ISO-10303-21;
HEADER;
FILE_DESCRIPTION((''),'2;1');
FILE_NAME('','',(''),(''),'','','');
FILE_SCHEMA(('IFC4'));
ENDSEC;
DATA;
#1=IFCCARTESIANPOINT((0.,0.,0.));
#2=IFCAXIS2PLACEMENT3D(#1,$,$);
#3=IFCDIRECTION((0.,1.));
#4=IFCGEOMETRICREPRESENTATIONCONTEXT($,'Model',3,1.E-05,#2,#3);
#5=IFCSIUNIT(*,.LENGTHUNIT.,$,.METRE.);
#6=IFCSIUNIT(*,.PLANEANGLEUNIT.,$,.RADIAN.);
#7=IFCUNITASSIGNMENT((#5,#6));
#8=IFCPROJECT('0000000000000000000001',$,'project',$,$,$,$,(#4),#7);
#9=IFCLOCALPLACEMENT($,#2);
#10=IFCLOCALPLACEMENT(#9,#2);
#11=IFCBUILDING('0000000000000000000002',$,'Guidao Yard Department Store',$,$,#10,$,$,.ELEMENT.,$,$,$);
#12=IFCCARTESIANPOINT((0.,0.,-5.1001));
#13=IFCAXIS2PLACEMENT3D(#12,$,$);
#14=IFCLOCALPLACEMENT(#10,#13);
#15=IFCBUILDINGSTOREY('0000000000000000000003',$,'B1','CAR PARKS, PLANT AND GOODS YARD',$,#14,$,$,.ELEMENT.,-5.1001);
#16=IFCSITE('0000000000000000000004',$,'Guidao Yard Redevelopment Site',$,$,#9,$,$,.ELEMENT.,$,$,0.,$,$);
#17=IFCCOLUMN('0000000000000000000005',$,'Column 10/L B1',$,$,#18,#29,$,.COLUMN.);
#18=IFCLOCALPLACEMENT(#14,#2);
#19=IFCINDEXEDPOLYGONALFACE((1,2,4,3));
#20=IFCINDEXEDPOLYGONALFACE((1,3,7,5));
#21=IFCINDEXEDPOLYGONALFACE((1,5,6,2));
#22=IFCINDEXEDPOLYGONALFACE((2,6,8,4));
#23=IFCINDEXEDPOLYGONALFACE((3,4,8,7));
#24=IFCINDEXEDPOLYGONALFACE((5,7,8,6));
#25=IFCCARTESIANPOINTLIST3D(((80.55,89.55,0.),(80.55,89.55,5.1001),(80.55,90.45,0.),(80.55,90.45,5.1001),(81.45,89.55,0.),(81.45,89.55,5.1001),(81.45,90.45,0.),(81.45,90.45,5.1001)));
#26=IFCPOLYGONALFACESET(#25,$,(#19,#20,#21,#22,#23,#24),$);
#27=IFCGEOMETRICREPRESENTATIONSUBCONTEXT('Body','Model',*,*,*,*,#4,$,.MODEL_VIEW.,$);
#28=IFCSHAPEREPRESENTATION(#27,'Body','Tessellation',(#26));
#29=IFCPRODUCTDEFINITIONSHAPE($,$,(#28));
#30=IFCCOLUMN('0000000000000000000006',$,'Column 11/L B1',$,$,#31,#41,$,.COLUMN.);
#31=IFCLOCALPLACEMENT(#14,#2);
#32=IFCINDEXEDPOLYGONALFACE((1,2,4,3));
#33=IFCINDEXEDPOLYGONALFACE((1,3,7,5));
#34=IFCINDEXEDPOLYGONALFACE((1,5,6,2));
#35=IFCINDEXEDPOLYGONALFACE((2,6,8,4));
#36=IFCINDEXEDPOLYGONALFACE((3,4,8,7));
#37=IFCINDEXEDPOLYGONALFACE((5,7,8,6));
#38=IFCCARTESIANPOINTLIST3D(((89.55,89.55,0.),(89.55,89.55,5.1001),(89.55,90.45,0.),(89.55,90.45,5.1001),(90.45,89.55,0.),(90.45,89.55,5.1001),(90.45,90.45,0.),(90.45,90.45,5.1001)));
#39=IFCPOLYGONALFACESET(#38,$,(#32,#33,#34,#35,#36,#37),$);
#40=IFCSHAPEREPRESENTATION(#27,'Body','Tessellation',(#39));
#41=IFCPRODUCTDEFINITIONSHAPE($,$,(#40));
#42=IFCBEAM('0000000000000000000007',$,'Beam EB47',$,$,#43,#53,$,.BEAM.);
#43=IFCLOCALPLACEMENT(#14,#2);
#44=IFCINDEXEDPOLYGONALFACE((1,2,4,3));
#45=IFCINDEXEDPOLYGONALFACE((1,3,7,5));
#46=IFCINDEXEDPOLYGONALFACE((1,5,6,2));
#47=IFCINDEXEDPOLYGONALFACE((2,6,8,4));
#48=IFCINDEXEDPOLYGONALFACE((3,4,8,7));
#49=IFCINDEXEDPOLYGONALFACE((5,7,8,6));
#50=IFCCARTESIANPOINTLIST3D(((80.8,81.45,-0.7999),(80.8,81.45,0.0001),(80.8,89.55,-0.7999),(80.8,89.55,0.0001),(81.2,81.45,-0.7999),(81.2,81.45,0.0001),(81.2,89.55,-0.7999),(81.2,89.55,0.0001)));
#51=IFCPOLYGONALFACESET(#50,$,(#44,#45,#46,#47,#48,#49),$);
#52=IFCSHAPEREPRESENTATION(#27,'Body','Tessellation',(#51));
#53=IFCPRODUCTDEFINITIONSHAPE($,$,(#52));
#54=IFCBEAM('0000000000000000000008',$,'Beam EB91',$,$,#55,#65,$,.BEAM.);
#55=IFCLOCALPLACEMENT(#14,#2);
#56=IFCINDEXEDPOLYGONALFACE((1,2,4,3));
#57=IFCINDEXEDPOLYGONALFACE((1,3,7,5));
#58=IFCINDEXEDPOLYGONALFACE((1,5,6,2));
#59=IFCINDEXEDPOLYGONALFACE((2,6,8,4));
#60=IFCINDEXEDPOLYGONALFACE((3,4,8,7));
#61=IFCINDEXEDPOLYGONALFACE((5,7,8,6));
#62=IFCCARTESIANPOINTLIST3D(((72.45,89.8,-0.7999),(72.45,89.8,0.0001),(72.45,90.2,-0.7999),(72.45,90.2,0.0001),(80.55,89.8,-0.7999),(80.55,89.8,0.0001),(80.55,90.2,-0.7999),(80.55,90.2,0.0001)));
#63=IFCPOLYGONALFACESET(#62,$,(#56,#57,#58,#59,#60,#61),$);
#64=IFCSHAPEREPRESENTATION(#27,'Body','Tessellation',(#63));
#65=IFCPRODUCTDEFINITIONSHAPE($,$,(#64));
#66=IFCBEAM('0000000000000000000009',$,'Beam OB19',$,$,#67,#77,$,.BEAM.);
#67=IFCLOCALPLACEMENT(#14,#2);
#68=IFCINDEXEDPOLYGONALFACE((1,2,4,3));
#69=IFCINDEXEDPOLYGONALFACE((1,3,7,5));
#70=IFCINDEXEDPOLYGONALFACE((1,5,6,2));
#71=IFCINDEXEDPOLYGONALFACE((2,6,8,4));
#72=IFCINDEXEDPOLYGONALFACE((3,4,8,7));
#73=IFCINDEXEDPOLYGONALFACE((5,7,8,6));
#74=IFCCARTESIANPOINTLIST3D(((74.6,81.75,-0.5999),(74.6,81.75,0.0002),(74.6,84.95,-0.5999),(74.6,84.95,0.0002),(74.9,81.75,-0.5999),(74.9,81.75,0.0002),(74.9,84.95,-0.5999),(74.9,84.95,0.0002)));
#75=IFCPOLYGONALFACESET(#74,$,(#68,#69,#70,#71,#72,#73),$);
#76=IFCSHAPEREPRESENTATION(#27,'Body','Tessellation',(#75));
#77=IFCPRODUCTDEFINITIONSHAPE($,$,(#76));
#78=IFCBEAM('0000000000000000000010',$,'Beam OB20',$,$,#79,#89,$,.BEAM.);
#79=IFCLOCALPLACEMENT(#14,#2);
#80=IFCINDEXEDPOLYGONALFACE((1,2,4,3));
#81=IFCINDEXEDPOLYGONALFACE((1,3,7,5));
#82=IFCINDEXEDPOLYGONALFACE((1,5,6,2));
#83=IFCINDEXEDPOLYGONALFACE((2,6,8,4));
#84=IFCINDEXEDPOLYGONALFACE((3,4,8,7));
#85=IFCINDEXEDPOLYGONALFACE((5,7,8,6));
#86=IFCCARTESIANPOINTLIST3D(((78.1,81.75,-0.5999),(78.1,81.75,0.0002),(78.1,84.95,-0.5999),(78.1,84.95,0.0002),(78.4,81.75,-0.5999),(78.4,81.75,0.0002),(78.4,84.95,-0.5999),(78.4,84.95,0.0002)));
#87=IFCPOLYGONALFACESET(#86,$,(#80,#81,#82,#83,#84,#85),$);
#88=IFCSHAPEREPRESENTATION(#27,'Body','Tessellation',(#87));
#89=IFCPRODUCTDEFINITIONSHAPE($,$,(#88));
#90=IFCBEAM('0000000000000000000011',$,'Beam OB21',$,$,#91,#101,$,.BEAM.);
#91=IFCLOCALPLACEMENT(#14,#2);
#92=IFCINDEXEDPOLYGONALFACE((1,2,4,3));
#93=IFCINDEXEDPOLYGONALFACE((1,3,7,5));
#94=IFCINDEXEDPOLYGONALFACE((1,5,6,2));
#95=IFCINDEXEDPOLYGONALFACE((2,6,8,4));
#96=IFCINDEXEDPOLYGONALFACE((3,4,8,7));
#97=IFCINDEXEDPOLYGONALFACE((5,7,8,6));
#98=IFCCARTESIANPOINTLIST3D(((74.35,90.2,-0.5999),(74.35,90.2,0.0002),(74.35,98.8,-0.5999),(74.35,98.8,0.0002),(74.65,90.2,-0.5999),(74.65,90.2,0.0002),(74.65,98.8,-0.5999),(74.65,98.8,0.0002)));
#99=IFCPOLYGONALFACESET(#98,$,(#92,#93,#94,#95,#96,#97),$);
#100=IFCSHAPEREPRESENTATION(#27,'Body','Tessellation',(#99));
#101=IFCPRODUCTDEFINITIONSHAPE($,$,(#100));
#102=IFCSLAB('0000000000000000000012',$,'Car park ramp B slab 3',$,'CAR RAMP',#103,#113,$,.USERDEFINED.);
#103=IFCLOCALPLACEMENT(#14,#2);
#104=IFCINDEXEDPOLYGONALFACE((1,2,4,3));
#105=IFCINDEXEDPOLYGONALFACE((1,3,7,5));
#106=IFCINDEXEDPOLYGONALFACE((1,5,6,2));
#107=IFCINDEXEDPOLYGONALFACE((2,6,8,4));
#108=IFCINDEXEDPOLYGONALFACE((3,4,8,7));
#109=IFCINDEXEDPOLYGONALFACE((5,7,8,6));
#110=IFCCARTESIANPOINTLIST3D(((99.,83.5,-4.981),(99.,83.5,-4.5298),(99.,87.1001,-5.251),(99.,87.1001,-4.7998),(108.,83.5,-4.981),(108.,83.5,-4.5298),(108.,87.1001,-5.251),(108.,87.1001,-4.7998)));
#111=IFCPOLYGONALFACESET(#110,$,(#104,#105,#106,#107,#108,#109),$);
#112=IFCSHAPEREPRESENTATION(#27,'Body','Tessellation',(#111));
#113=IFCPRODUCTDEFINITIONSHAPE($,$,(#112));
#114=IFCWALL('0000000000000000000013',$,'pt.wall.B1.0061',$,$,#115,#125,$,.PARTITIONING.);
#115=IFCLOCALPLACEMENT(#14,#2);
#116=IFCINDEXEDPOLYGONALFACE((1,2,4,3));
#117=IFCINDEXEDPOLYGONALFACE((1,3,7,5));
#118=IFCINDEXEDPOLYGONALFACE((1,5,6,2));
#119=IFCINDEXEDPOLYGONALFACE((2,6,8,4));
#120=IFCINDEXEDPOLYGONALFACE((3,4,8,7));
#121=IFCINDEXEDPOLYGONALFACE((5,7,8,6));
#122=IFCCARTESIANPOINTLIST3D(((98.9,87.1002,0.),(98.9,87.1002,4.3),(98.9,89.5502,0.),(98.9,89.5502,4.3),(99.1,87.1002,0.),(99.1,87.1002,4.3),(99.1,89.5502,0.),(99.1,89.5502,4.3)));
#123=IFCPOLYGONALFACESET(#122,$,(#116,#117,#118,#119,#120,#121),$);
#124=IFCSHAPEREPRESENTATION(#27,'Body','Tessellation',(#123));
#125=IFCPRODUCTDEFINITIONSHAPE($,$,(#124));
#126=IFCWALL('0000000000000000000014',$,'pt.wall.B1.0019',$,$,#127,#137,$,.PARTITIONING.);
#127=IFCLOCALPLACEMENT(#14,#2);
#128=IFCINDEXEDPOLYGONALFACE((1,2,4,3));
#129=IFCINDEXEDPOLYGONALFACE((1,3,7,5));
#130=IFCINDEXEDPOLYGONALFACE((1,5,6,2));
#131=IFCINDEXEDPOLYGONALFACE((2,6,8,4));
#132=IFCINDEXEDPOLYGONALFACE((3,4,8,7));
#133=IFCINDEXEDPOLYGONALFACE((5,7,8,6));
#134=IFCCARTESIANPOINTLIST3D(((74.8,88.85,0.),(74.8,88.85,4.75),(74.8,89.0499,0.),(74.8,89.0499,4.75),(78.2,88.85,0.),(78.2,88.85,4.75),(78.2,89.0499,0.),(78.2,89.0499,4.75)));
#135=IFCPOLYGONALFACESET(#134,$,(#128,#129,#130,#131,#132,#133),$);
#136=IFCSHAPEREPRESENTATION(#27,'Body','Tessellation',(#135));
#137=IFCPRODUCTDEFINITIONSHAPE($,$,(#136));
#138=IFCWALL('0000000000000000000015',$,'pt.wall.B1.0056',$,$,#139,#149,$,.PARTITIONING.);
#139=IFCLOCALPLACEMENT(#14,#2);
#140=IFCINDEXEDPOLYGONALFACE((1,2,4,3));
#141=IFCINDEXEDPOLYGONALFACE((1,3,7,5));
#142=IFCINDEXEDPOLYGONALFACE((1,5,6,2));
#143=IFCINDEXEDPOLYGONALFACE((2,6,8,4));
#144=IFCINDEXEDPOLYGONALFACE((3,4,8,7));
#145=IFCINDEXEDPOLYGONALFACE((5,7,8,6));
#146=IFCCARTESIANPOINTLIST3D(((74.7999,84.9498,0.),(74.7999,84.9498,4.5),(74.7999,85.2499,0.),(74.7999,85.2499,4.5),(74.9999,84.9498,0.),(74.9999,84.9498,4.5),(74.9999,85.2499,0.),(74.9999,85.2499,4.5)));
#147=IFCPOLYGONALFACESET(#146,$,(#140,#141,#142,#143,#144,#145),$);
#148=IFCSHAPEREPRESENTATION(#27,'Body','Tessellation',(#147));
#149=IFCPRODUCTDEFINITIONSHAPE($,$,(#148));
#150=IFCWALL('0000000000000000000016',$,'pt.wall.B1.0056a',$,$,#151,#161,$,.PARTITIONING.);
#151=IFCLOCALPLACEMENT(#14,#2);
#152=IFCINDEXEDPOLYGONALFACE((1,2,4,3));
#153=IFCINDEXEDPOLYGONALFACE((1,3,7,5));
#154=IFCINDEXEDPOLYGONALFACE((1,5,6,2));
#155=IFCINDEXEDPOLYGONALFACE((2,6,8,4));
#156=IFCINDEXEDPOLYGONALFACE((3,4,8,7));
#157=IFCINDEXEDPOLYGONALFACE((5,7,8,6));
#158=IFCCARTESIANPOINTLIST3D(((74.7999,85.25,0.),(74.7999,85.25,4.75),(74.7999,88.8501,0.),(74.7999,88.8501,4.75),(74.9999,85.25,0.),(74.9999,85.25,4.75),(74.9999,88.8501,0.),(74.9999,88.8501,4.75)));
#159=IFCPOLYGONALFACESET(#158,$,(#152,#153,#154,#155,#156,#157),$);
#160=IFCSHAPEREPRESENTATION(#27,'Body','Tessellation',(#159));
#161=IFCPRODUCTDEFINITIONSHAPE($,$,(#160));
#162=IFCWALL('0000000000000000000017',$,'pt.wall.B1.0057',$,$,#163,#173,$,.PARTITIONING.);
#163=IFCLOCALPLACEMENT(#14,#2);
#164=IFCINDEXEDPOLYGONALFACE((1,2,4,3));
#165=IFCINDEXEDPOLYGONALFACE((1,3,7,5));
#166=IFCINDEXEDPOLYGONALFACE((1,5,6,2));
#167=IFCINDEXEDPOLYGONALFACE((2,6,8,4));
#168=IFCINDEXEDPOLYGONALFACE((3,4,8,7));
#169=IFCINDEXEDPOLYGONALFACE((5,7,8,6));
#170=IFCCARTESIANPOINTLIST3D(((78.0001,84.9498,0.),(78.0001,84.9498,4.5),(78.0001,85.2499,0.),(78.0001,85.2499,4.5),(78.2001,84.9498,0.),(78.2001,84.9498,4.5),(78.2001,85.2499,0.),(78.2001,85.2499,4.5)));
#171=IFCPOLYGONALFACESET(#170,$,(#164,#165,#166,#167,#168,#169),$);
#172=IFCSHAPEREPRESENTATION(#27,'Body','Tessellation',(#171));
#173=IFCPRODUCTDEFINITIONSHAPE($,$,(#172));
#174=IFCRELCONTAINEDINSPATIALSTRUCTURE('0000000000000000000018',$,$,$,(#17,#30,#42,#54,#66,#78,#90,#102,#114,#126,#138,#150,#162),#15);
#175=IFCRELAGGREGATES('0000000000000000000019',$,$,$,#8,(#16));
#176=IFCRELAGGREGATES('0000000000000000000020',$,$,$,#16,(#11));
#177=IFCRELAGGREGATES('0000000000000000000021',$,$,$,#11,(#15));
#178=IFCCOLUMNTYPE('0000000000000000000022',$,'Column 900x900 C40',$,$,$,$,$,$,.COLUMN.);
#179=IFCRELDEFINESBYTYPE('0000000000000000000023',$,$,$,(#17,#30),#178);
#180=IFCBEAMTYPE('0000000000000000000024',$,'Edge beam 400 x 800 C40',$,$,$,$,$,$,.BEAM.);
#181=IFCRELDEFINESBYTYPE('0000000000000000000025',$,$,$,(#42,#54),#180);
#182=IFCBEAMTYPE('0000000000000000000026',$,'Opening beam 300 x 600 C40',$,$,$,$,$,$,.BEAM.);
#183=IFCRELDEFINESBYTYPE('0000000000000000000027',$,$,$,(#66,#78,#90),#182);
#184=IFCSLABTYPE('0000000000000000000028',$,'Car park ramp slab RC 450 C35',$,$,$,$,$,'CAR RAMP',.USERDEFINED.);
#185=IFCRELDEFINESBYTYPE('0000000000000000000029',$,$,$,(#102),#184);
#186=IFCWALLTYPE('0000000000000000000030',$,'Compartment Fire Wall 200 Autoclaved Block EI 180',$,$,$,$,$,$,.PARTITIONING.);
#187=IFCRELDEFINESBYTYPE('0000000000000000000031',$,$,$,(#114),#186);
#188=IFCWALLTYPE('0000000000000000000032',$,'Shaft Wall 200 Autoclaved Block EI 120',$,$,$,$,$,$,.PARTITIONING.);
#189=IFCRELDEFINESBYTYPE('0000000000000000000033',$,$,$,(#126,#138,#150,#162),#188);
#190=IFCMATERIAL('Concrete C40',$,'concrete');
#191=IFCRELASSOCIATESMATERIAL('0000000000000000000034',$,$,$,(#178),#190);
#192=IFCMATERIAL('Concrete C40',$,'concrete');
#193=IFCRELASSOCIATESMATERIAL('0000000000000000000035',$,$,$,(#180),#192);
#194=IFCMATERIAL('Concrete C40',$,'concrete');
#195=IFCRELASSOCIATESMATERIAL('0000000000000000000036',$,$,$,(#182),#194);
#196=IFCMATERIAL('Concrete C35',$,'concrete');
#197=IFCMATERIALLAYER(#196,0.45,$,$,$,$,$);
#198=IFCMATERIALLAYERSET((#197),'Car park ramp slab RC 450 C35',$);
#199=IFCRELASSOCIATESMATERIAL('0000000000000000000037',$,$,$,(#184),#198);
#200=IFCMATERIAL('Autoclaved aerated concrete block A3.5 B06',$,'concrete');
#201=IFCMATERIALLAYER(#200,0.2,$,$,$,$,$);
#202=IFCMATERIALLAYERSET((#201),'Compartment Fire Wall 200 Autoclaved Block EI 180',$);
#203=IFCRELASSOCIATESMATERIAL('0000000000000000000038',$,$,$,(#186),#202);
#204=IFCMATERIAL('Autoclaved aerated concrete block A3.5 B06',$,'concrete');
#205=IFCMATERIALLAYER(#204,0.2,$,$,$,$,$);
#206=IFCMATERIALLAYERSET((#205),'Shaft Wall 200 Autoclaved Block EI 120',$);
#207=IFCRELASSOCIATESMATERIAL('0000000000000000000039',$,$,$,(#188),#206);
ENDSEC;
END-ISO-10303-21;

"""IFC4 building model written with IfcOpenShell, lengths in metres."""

from ifc_helpers import new_model, si_unit, direction, frame, frame_2d, origin, origin_2d, place, context, subcontext, project, spatial, polyline, rectangle, outline, extrude, material, layer, layer_set, material_profile, profile_set, type_object, element, save


model = new_model("IFC4")

# Units and contexts
model_context = context("Model", 3, precision=1e-05, world=origin(), true_north=direction((0.0, 1.0)))
body_context = subcontext(model_context, "Body", "Model", "MODEL_VIEW")
ifc_project = project(units=[si_unit("LENGTHUNIT", "METRE"), si_unit("PLANEANGLEUNIT", "RADIAN")], contexts=[model_context])

# Site, building, storey
site_placement = place(None, origin())
site = spatial("IfcSite", under=ifc_project, at=site_placement, Name="Guidao Yard Redevelopment Site", CompositionType="ELEMENT", RefElevation=0.0)
building_placement = place(site_placement, origin())
building = spatial("IfcBuilding", under=site, at=building_placement, Name="Guidao Yard Department Store", CompositionType="ELEMENT")
storey_placement = place(building_placement, frame((0.0, 0.0, -5.1001)))
storey = spatial("IfcBuildingStorey", under=building, at=storey_placement, Name="B1", Description="CAR PARKS, PLANT AND GOODS YARD", CompositionType="ELEMENT", Elevation=-5.1001)

# Columns
ifc_material_1 = material(Name="Concrete C40", Category="concrete")
ifc_material_profile_1 = material_profile(ifc_material_1, rectangle(XDim=0.8999, YDim=0.8999, at=origin_2d()), Name="COL 900x900")
ifc_profile_set_1 = profile_set([ifc_material_profile_1], Name="Concrete C40")
column_type = type_object("IfcColumnType", Name="Column 900x900 C40", PredefinedType="COLUMN", material=ifc_profile_set_1)
for number, where, z_axis, x_axis, name in (
    (1, (81.0, 90.0, 0.0), (0.0, 0.0, 1.0), (1.0, 0.0, 0.0), "Column 10/L B1"),
    (2, (90.0, 90.0, 0.0), (0.0, 0.0, 1.0), (1.0, 0.0, 0.0), "Column 11/L B1"),
):
    element("IfcColumn", number, at=place(storey_placement, frame(where, z_axis=z_axis, x_axis=x_axis)), inside=storey, type_object=column_type, Name=name, PredefinedType="COLUMN", context=body_context, shape_type="SweptSolid", body=[
        extrude(rectangle(XDim=0.8999, YDim=0.8999, at=origin_2d()), origin(), (0.0, 0.0, 1.0), 5.1001),
    ])

# Beams
ifc_material_2 = material(Name="Concrete C40", Category="concrete")
ifc_material_profile_2 = material_profile(ifc_material_2, rectangle(XDim=0.3999, YDim=0.8, at=origin_2d()), Name="Edge beam 400 x 800 C40")
ifc_profile_set_2 = profile_set([ifc_material_profile_2], Name="Concrete C40")
beam_type_1 = type_object("IfcBeamType", Name="Edge beam 400 x 800 C40", PredefinedType="BEAM", material=ifc_profile_set_2)
for number, where, z_axis, x_axis, name in (
    (3, (81.0, 81.45, -0.3999), (0.0, 1.0, 0.0), (-1.0, 0.0, 0.0), "Beam EB47"),
    (4, (72.45, 90.0, -0.3999), (1.0, 0.0, 0.0), (0.0, 1.0, 0.0), "Beam EB91"),
):
    element("IfcBeam", number, at=place(storey_placement, frame(where, z_axis=z_axis, x_axis=x_axis)), inside=storey, type_object=beam_type_1, Name=name, PredefinedType="BEAM", context=body_context, shape_type="SweptSolid", body=[
        extrude(rectangle(XDim=0.3999, YDim=0.8, at=origin_2d()), origin(), (0.0, 0.0, 1.0), 8.1001),
    ])
ifc_material_3 = material(Name="Concrete C40", Category="concrete")
ifc_material_profile_3 = material_profile(ifc_material_3, rectangle(XDim=0.3, YDim=0.6001, at=origin_2d()), Name="Opening beam 300 x 600 C40")
ifc_profile_set_3 = profile_set([ifc_material_profile_3], Name="Concrete C40")
beam_type_2 = type_object("IfcBeamType", Name="Opening beam 300 x 600 C40", PredefinedType="BEAM", material=ifc_profile_set_3)
for number, where, z_axis, x_axis, name in (
    (5, (74.75, 81.75, -0.2998), (0.0, 1.0, 0.0), (-1.0, 0.0, 0.0), "Beam OB19"),
    (6, (78.25, 81.75, -0.2998), (0.0, 1.0, 0.0), (-1.0, 0.0, 0.0), "Beam OB20"),
):
    element("IfcBeam", number, at=place(storey_placement, frame(where, z_axis=z_axis, x_axis=x_axis)), inside=storey, type_object=beam_type_2, Name=name, PredefinedType="BEAM", context=body_context, shape_type="SweptSolid", body=[
        extrude(rectangle(XDim=0.3, YDim=0.6001, at=origin_2d()), origin(), (0.0, 0.0, 1.0), 3.2),
    ])
beam_placement = place(storey_placement, frame((74.5, 90.2, -0.2998), z_axis=(0.0, 1.0, 0.0), x_axis=(-1.0, 0.0, 0.0)))
element("IfcBeam", 7, at=beam_placement, inside=storey, type_object=beam_type_2, Name="Beam OB21", PredefinedType="BEAM", context=body_context, shape_type="SweptSolid", body=[
    extrude(rectangle(XDim=0.3, YDim=0.6001, at=origin_2d()), origin(), (0.0, 0.0, 1.0), 8.6001),
])

# Slab
ifc_material_4 = material(Name="Concrete C35", Category="concrete")
ifc_layer_1 = layer(ifc_material_4, 0.45)
ifc_layer_set_1 = layer_set([ifc_layer_1], Name="Car park ramp slab RC 450 C35")
slab_type = type_object("IfcSlabType", Name="Car park ramp slab RC 450 C35", ElementType="CAR RAMP", PredefinedType="USERDEFINED", material=ifc_layer_set_1)
slab_placement = place(storey_placement, frame((99.0, 83.5, -4.5298), z_axis=(0.0, 0.074793, 0.997199), x_axis=(1.0, 0.0, 0.0)))
element("IfcSlab", 8, at=slab_placement, inside=storey, type_object=slab_type, Name="Car park ramp B slab 3", ObjectType="CAR RAMP", PredefinedType="USERDEFINED", context=body_context, shape_type="SweptSolid", body=[
    extrude(outline(polyline([(0.0, 0.0), (9.0, 0.0), (9.0, 3.6102), (0.0, 3.6102), (0.0, 0.0)])), origin(), (0.0, 0.074793, -0.997199), 0.4512),
])

# Walls
ifc_material_5 = material(Name="Autoclaved aerated concrete block A3.5 B06", Category="concrete")
ifc_layer_2 = layer(ifc_material_5, 0.2)
ifc_layer_set_2 = layer_set([ifc_layer_2], Name="Compartment Fire Wall 200 Autoclaved Block EI 180")
wall_type_1 = type_object("IfcWallType", Name="Compartment Fire Wall 200 Autoclaved Block EI 180", PredefinedType="PARTITIONING", material=ifc_layer_set_2)
wall_1_placement = place(storey_placement, frame((99.0, 87.1001, 0.0), z_axis=(0.0, 0.0, 1.0), x_axis=(0.0, 1.0, 0.0)))
element("IfcWall", 9, at=wall_1_placement, inside=storey, type_object=wall_type_1, Name="pt.wall.B1.0061", PredefinedType="PARTITIONING", context=body_context, shape_type="SweptSolid", body=[
    extrude(rectangle(XDim=2.45, YDim=0.2, at=frame_2d((1.2251, 0.0))), origin(), (0.0, 0.0, 1.0), 4.3),
])
ifc_material_6 = material(Name="Autoclaved aerated concrete block A3.5 B06", Category="concrete")
ifc_layer_3 = layer(ifc_material_6, 0.2)
ifc_layer_set_3 = layer_set([ifc_layer_3], Name="Shaft Wall 200 Autoclaved Block EI 120")
wall_type_2 = type_object("IfcWallType", Name="Shaft Wall 200 Autoclaved Block EI 120", PredefinedType="PARTITIONING", material=ifc_layer_set_3)
wall_2_placement = place(storey_placement, frame((74.8, 88.95, 0.0), z_axis=(0.0, 0.0, 1.0), x_axis=(1.0, 0.0, 0.0)))
element("IfcWall", 10, at=wall_2_placement, inside=storey, type_object=wall_type_2, Name="pt.wall.B1.0019", PredefinedType="PARTITIONING", context=body_context, shape_type="SweptSolid", body=[
    extrude(rectangle(XDim=3.3999, YDim=0.2, at=frame_2d((1.7, 0.0))), origin(), (0.0, 0.0, 1.0), 4.75),
])
wall_3_placement = place(storey_placement, frame((74.8999, 84.95, 0.0), z_axis=(0.0, 0.0, 1.0), x_axis=(0.0, 1.0, 0.0)))
element("IfcWall", 11, at=wall_3_placement, inside=storey, type_object=wall_type_2, Name="pt.wall.B1.0056", PredefinedType="PARTITIONING", context=body_context, shape_type="SweptSolid", body=[
    extrude(rectangle(XDim=0.3, YDim=0.2, at=frame_2d((0.1499, 0.0))), origin(), (0.0, 0.0, 1.0), 4.5),
])
wall_4_placement = place(storey_placement, frame((74.8999, 85.25, 0.0), z_axis=(0.0, 0.0, 1.0), x_axis=(0.0, 1.0, 0.0)))
element("IfcWall", 12, at=wall_4_placement, inside=storey, type_object=wall_type_2, Name="pt.wall.B1.0056a", PredefinedType="PARTITIONING", context=body_context, shape_type="SweptSolid", body=[
    extrude(rectangle(XDim=3.6001, YDim=0.2, at=frame_2d((1.8, 0.0))), origin(), (0.0, 0.0, 1.0), 4.75),
])
wall_5_placement = place(storey_placement, frame((78.1001, 84.95, 0.0), z_axis=(0.0, 0.0, 1.0), x_axis=(0.0, 1.0, 0.0)))
element("IfcWall", 13, at=wall_5_placement, inside=storey, type_object=wall_type_2, Name="pt.wall.B1.0057", PredefinedType="PARTITIONING", context=body_context, shape_type="SweptSolid", body=[
    extrude(rectangle(XDim=0.3, YDim=0.2, at=frame_2d((0.1499, 0.0))), origin(), (0.0, 0.0, 1.0), 4.5),
])

save(model, "model.ifc")
